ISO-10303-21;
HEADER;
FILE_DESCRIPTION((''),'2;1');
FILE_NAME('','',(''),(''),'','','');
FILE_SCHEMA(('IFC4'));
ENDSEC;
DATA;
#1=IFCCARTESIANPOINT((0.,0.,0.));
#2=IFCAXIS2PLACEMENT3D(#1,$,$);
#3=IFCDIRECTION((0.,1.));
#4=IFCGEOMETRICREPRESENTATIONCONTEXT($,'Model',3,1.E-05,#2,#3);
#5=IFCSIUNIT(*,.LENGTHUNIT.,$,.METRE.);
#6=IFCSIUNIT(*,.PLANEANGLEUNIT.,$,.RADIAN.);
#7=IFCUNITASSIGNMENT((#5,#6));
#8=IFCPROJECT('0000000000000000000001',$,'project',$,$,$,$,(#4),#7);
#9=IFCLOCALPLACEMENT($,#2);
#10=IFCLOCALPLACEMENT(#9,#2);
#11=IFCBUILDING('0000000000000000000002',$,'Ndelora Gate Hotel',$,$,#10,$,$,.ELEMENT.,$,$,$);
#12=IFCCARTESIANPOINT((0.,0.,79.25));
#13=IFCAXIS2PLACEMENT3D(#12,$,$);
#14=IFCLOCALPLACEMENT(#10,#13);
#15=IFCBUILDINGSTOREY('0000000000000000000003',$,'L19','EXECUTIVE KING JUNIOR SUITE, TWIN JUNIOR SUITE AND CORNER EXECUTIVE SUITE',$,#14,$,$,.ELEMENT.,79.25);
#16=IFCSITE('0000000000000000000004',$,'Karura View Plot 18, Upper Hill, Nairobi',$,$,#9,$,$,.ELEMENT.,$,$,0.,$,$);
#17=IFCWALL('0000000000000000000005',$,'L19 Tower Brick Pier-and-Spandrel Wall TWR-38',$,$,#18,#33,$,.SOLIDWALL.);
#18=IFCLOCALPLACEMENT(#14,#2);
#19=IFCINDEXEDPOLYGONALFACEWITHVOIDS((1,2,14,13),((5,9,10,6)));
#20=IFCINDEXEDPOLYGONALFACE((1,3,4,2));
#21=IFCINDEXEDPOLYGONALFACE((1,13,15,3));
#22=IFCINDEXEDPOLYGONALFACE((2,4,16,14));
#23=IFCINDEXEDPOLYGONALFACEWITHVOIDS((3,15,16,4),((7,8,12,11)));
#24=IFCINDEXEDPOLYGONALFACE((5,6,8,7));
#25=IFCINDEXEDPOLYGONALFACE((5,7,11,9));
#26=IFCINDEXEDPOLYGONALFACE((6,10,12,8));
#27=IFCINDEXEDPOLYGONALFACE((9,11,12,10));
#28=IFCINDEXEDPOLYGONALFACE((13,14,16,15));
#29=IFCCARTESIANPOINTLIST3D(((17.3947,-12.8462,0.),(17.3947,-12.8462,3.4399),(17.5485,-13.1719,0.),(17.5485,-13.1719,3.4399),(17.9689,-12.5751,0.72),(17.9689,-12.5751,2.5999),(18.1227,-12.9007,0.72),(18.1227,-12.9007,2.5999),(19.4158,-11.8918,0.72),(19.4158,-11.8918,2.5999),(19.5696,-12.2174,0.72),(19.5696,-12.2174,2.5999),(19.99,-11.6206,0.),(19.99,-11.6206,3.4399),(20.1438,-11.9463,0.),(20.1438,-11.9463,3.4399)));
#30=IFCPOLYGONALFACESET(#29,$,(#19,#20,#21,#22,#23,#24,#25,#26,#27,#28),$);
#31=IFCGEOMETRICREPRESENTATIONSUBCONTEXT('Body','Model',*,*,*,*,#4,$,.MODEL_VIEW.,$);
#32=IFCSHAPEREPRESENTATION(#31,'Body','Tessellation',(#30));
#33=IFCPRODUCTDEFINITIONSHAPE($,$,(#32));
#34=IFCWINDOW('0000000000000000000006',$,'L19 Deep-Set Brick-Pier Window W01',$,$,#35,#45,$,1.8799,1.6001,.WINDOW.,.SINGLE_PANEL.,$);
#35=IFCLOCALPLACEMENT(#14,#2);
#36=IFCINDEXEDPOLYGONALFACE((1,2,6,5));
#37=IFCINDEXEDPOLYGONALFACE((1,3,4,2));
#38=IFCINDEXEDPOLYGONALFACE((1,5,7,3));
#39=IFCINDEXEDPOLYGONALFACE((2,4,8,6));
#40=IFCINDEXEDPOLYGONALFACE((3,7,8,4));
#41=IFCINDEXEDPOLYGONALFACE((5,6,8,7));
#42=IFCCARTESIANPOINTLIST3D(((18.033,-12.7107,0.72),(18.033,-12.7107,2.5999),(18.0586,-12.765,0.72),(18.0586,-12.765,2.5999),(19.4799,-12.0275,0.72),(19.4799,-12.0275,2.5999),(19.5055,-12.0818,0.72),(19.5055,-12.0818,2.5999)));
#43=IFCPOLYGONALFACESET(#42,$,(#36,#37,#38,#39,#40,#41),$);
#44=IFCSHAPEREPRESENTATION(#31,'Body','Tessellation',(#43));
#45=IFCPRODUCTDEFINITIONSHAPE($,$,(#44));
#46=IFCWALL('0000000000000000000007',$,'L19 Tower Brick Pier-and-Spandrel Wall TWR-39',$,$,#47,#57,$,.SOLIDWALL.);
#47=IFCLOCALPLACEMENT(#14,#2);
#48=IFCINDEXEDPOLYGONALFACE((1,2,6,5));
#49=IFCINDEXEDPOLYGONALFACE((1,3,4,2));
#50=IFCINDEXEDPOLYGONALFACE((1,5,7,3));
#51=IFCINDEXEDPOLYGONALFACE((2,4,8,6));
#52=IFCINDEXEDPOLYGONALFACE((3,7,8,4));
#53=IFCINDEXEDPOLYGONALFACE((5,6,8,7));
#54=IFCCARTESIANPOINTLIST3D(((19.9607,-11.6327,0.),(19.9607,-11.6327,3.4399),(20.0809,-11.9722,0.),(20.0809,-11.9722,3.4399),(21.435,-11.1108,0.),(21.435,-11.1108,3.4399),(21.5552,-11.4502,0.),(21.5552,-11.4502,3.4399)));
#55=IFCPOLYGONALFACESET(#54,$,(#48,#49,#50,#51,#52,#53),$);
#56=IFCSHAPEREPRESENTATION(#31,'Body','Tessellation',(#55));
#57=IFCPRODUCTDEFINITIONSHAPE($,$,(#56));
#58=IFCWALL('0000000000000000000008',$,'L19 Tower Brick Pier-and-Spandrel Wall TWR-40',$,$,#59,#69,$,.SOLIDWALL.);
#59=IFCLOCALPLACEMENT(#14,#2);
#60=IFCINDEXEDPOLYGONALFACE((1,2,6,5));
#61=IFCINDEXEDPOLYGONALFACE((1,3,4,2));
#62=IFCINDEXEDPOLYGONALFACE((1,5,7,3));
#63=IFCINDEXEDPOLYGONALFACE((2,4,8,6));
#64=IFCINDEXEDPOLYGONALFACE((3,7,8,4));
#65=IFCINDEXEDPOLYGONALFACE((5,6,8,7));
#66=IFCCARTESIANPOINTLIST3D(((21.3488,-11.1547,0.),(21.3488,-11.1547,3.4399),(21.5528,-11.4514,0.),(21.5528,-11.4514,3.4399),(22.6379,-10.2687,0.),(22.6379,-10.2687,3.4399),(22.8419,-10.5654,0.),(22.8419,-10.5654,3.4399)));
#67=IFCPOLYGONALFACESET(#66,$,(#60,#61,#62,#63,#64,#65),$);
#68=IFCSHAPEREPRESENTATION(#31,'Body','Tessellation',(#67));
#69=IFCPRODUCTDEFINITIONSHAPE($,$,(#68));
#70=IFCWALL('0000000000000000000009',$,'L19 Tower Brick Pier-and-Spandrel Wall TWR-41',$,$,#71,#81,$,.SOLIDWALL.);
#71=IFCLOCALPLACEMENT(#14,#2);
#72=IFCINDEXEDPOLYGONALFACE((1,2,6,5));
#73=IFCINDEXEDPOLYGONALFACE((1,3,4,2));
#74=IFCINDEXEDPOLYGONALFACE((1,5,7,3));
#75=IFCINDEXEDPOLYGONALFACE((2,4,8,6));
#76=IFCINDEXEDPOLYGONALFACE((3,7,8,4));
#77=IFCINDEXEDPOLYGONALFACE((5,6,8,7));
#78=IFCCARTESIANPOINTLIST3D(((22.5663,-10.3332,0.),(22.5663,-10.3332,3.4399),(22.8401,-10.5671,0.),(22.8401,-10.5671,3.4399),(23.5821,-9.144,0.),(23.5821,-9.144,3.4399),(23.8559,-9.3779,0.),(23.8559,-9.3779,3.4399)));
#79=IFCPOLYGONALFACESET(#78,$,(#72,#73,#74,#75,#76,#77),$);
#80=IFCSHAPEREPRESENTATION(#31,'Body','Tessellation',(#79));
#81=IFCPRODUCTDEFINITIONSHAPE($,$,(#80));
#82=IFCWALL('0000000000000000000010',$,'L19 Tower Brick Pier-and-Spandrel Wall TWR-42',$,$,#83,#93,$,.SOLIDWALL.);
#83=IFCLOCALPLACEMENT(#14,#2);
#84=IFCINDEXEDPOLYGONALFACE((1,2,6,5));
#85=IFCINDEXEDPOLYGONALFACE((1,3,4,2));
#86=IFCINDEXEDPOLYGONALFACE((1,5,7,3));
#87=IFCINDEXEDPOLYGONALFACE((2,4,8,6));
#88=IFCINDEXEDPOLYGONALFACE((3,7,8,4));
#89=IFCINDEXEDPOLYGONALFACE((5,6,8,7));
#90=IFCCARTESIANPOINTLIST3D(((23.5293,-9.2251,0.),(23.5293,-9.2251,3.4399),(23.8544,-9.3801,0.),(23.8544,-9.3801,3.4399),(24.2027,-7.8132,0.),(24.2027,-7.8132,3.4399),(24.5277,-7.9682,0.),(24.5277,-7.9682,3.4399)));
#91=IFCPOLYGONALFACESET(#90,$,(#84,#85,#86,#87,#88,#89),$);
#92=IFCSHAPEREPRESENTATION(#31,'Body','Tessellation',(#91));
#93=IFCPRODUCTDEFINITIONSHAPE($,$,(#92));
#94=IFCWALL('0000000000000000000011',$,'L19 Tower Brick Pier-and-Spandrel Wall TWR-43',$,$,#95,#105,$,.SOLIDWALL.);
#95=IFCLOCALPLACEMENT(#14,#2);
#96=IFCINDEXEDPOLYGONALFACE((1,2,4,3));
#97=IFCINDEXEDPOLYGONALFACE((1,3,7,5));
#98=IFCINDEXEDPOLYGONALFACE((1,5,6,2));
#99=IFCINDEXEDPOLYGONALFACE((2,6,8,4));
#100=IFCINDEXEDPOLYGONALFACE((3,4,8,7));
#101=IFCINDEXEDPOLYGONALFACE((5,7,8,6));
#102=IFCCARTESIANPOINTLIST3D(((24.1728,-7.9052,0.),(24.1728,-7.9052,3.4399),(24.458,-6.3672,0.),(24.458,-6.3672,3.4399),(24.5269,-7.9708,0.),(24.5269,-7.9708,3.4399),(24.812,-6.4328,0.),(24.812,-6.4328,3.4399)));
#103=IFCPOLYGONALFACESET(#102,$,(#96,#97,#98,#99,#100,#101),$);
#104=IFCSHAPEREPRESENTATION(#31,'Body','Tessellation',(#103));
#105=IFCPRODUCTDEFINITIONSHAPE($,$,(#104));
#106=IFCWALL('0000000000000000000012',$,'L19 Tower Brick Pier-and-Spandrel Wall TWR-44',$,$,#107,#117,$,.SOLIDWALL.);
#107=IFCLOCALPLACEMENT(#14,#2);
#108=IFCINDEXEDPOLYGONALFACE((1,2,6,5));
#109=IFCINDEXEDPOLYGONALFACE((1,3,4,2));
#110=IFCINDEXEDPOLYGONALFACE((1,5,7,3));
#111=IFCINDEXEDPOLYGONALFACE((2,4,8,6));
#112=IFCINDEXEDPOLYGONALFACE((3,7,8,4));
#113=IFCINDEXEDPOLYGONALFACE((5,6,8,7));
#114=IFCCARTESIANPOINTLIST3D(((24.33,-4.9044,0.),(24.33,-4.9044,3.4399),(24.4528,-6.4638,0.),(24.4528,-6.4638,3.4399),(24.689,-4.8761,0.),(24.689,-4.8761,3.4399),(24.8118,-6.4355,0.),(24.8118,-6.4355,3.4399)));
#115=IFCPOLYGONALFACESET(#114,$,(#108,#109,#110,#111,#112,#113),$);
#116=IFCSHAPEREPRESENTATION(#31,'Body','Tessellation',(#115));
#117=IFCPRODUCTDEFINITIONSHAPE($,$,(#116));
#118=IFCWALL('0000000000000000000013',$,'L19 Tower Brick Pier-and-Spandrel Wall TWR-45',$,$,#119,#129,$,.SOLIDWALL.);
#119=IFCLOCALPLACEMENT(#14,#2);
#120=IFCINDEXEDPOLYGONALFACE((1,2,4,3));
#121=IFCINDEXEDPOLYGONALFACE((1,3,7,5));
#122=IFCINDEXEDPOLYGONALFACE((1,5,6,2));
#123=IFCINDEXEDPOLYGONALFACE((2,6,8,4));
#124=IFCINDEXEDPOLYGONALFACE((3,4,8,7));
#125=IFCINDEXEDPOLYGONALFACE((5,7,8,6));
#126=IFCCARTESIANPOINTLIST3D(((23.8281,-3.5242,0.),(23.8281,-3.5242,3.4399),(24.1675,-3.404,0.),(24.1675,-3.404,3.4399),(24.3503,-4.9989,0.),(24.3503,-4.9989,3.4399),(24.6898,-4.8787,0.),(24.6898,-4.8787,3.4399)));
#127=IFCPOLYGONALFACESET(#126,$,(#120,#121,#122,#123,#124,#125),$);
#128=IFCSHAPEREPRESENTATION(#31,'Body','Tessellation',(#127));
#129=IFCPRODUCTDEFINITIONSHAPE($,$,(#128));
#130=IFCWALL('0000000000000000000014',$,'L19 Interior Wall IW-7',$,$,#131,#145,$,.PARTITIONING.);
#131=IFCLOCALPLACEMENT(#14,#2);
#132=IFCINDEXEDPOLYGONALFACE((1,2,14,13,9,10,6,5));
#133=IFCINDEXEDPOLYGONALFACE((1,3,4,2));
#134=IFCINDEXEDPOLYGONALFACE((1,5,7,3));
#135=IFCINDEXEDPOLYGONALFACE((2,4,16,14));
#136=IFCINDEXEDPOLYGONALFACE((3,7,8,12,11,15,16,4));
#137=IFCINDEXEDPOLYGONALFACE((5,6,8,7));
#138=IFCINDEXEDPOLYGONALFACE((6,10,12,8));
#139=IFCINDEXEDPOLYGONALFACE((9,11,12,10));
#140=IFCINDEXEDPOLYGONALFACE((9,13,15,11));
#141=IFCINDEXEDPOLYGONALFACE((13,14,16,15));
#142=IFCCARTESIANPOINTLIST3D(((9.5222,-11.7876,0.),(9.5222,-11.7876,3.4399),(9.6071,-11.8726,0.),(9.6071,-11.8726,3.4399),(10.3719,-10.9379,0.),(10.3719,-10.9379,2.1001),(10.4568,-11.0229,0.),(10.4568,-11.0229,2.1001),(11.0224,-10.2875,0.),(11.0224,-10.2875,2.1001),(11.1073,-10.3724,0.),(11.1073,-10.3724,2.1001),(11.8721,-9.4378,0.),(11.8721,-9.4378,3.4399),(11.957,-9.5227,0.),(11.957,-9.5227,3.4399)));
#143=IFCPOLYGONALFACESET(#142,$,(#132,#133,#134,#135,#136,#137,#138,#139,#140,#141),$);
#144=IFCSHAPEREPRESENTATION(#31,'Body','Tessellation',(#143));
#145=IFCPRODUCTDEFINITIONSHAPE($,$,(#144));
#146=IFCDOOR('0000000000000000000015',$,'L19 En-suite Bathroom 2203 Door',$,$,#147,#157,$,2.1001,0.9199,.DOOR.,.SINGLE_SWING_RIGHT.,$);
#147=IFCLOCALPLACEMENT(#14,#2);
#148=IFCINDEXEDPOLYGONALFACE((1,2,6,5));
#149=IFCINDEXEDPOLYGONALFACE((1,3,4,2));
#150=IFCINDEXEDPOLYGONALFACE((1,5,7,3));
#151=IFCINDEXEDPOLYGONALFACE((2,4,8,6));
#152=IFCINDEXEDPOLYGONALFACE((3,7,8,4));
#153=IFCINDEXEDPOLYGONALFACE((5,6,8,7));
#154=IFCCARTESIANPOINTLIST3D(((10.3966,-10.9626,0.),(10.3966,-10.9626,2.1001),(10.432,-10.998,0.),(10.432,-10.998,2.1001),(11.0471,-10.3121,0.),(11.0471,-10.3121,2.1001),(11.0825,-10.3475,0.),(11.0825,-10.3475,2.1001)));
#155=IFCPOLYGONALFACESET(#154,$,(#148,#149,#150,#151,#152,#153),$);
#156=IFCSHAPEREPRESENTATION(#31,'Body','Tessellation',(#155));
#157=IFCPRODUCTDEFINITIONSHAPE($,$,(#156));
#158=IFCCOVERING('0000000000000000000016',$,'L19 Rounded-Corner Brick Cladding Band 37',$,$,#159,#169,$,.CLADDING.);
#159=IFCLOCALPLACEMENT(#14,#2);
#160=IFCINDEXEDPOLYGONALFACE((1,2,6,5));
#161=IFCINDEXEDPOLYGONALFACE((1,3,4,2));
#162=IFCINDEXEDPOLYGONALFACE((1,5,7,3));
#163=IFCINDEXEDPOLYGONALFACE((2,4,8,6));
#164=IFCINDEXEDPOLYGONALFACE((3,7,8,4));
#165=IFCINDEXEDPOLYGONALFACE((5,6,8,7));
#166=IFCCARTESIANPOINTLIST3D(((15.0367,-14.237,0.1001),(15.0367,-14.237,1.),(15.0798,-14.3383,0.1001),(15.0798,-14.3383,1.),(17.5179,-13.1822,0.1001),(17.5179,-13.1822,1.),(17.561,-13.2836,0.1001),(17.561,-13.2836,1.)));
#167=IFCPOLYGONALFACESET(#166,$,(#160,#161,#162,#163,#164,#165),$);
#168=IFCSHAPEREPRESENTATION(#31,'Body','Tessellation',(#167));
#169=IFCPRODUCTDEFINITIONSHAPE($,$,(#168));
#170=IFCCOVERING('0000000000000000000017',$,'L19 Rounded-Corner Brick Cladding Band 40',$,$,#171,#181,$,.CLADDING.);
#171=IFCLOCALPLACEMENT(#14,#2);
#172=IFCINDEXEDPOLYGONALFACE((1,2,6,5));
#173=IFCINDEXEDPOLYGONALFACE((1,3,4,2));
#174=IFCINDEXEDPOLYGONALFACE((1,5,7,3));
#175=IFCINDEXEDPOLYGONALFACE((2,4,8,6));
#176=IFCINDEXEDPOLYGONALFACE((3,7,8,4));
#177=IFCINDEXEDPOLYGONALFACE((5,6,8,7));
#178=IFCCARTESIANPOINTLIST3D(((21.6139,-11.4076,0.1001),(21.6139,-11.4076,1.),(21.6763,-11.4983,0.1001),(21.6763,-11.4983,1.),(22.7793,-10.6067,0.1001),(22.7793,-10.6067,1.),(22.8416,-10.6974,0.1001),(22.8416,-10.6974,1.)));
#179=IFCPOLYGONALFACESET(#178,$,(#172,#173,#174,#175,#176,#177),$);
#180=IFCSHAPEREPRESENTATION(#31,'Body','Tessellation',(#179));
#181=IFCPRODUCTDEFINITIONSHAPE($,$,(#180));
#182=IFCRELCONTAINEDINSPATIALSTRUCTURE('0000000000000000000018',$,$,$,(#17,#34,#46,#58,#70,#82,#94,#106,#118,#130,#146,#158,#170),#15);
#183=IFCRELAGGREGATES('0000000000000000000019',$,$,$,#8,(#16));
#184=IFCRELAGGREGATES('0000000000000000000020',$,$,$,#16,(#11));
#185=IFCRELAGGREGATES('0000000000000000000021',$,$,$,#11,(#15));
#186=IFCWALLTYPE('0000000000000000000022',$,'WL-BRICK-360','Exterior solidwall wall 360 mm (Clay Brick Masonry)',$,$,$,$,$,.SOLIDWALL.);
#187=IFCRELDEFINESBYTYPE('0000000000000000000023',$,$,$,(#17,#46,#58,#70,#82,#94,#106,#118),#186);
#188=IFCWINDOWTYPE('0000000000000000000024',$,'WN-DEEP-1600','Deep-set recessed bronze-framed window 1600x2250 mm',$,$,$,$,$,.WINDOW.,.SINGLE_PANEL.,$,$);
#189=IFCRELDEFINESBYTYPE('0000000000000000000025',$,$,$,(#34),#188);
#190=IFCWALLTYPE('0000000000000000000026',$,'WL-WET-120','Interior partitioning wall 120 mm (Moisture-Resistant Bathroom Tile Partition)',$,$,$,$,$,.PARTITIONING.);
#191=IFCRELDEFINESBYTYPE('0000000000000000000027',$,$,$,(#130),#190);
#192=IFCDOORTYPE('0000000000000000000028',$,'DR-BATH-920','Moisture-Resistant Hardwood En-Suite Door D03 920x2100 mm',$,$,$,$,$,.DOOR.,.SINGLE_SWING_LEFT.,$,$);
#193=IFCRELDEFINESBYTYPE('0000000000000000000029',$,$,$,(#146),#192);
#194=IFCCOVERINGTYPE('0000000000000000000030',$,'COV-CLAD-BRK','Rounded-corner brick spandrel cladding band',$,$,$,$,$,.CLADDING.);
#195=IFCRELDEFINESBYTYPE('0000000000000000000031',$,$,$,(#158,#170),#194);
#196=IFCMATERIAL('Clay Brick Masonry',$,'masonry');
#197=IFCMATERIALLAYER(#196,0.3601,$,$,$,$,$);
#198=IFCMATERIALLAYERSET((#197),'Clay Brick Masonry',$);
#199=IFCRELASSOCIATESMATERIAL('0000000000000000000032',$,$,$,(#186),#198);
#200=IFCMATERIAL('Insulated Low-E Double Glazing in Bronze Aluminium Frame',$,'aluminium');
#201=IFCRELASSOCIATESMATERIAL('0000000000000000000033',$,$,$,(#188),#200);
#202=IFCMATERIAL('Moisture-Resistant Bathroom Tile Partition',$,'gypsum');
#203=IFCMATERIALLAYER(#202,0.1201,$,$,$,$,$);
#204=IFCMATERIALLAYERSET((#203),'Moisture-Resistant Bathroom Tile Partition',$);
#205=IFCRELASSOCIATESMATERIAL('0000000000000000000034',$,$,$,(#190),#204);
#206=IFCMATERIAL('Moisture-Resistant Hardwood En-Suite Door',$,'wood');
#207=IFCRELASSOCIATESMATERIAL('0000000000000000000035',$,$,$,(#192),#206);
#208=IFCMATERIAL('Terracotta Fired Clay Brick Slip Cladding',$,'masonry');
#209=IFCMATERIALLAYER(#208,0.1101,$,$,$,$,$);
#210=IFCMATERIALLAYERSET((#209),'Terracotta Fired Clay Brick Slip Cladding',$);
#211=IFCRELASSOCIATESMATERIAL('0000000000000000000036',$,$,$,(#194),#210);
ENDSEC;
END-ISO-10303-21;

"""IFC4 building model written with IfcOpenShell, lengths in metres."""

from ifc_helpers import new_model, si_unit, direction, frame, frame_2d, origin, origin_2d, place, context, subcontext, project, spatial, rectangle, extrude, material, layer, layer_set, type_object, element, fill, save


model = new_model("IFC4")

# Units and contexts
model_context = context("Model", 3, precision=1e-05, world=origin(), true_north=direction((0.0, 1.0)))
body_context = subcontext(model_context, "Body", "Model", "MODEL_VIEW")
ifc_project = project(units=[si_unit("LENGTHUNIT", "METRE"), si_unit("PLANEANGLEUNIT", "RADIAN")], contexts=[model_context])

# Site, building, storey
site_placement = place(None, origin())
site = spatial("IfcSite", under=ifc_project, at=site_placement, Name="Karura View Plot 18, Upper Hill, Nairobi", CompositionType="ELEMENT", RefElevation=0.0)
building_placement = place(site_placement, origin())
building = spatial("IfcBuilding", under=site, at=building_placement, Name="Ndelora Gate Hotel", CompositionType="ELEMENT")
storey_placement = place(building_placement, frame((0.0, 0.0, 79.25)))
storey = spatial("IfcBuildingStorey", under=building, at=storey_placement, Name="L19", Description="EXECUTIVE KING JUNIOR SUITE, TWIN JUNIOR SUITE AND CORNER EXECUTIVE SUITE", CompositionType="ELEMENT", Elevation=79.25)

# Wall, opening, window
ifc_material_1 = material(Name="Clay Brick Masonry", Category="masonry")
ifc_layer_1 = layer(ifc_material_1, 0.3601)
ifc_layer_set_1 = layer_set([ifc_layer_1], Name="Clay Brick Masonry")
wall_type_1 = type_object("IfcWallType", Name="WL-BRICK-360", Description="Exterior solidwall wall 360 mm (Clay Brick Masonry)", PredefinedType="SOLIDWALL", material=ifc_layer_set_1)
ifc_material_2 = material(Name="Insulated Low-E Double Glazing in Bronze Aluminium Frame", Category="aluminium")
window_type_1 = type_object("IfcWindowType", Name="WN-DEEP-1600", Description="Deep-set recessed bronze-framed window 1600x2250 mm", PartitioningType="SINGLE_PANEL", PredefinedType="WINDOW", material=ifc_material_2)
wall_1_placement = place(storey_placement, frame((20.0669, -11.7834, 0.0), z_axis=(0.0, 0.0, 1.0), x_axis=(-0.90424, -0.427026, 0.0)))
wall_1 = element("IfcWall", 1, at=wall_1_placement, inside=storey, type_object=wall_type_1, Name="L19 Tower Brick Pier-and-Spandrel Wall TWR-38", PredefinedType="SOLIDWALL", context=body_context, shape_type="SweptSolid", body=[
    extrude(rectangle(XDim=2.8701, YDim=0.3601, at=frame_2d((1.4351, 0.0))), origin(), (0.0, 0.0, 1.0), 3.4399),
])
opening_1_placement = place(wall_1_placement, frame((0.635, 0.0, 0.72)))
opening_1 = element("IfcOpeningElement", 2, at=opening_1_placement, cuts=wall_1, PredefinedType="OPENING", context=body_context, shape_type="SweptSolid", body=[
    extrude(rectangle(XDim=1.6001, YDim=1.8799, at=frame_2d((0.8, 0.9399))), frame((0.0, 0.1899, 0.0), z_axis=(0.0, -1.0, 0.0), x_axis=(1.0, 0.0, 0.0)), (0.0, 0.0, 1.0), 0.3801),
])
window_1_placement = place(opening_1_placement, origin())
window_1 = element("IfcWindow", 3, at=window_1_placement, inside=storey, type_object=window_type_1, Name="L19 Deep-Set Brick-Pier Window W01", OverallHeight=1.8799, OverallWidth=1.6001, PartitioningType="SINGLE_PANEL", PredefinedType="WINDOW", context=body_context, shape_type="SweptSolid", body=[
    extrude(rectangle(XDim=1.6001, YDim=1.8799, at=frame_2d((0.8, 0.9399))), frame((0.0, 0.03, 0.0), z_axis=(0.0, -1.0, 0.0), x_axis=(1.0, 0.0, 0.0)), (0.0, 0.0, 1.0), 0.0601),
])
fill(opening_1, window_1)

# Walls
wall_2_placement = place(storey_placement, frame((21.4951, -11.2805, 0.0), z_axis=(0.0, 0.0, 1.0), x_axis=(-0.942667, -0.333734, 0.0)))
element("IfcWall", 4, at=wall_2_placement, inside=storey, type_object=wall_type_1, Name="L19 Tower Brick Pier-and-Spandrel Wall TWR-39", PredefinedType="SOLIDWALL", context=body_context, shape_type="SweptSolid", body=[
    extrude(rectangle(XDim=1.564, YDim=0.3601, at=frame_2d((0.782, 0.0))), origin(), (0.0, 0.0, 1.0), 3.4399),
])
wall_3_placement = place(storey_placement, frame((22.74, -10.417, 0.0), z_axis=(0.0, 0.0, 1.0), x_axis=(-0.824115, -0.566423, 0.0)))
element("IfcWall", 5, at=wall_3_placement, inside=storey, type_object=wall_type_1, Name="L19 Tower Brick Pier-and-Spandrel Wall TWR-40", PredefinedType="SOLIDWALL", context=body_context, shape_type="SweptSolid", body=[
    extrude(rectangle(XDim=1.5642, YDim=0.3601, at=frame_2d((0.7822, 0.0))), origin(), (0.0, 0.0, 1.0), 3.4399),
])
wall_4_placement = place(storey_placement, frame((23.719, -9.261, 0.0), z_axis=(0.0, 0.0, 1.0), x_axis=(-0.649518, -0.760346, 0.0)))
element("IfcWall", 6, at=wall_4_placement, inside=storey, type_object=wall_type_1, Name="L19 Tower Brick Pier-and-Spandrel Wall TWR-41", PredefinedType="SOLIDWALL", context=body_context, shape_type="SweptSolid", body=[
    extrude(rectangle(XDim=1.564, YDim=0.3601, at=frame_2d((0.782, 0.0))), origin(), (0.0, 0.0, 1.0), 3.4399),
])
for number, where, z_axis, x_axis, name in (
    (7, (24.3652, -7.8906, 0.0), (0.0, 0.0, 1.0), (-0.430467, -0.902606, 0.0), "L19 Tower Brick Pier-and-Spandrel Wall TWR-42"),
    (8, (24.635, -6.3999, 0.0), (0.0, 0.0, 1.0), (-0.18229, -0.983245, 0.0), "L19 Tower Brick Pier-and-Spandrel Wall TWR-43"),
    (9, (24.5095, -4.8901, 0.0), (0.0, 0.0, 1.0), (0.078511, -0.996913, 0.0), "L19 Tower Brick Pier-and-Spandrel Wall TWR-44"),
):
    element("IfcWall", number, at=place(storey_placement, frame(where, z_axis=z_axis, x_axis=x_axis)), inside=storey, type_object=wall_type_1, Name=name, PredefinedType="SOLIDWALL", context=body_context, shape_type="SweptSolid", body=[
        extrude(rectangle(XDim=1.5642, YDim=0.3601, at=frame_2d((0.7822, 0.0))), origin(), (0.0, 0.0, 1.0), 3.4399),
    ])
wall_5_placement = place(storey_placement, frame((23.9978, -3.4641, 0.0), z_axis=(0.0, 0.0, 1.0), x_axis=(0.333824, -0.942635, 0.0)))
element("IfcWall", 10, at=wall_5_placement, inside=storey, type_object=wall_type_1, Name="L19 Tower Brick Pier-and-Spandrel Wall TWR-45", PredefinedType="SOLIDWALL", context=body_context, shape_type="SweptSolid", body=[
    extrude(rectangle(XDim=1.5645, YDim=0.3601, at=frame_2d((0.7822, 0.0))), origin(), (0.0, 0.0, 1.0), 3.4399),
])

# Wall, opening, door
ifc_material_3 = material(Name="Moisture-Resistant Bathroom Tile Partition", Category="gypsum")
ifc_layer_2 = layer(ifc_material_3, 0.1201)
ifc_layer_set_2 = layer_set([ifc_layer_2], Name="Moisture-Resistant Bathroom Tile Partition")
wall_type_2 = type_object("IfcWallType", Name="WL-WET-120", Description="Interior partitioning wall 120 mm (Moisture-Resistant Bathroom Tile Partition)", PredefinedType="PARTITIONING", material=ifc_layer_set_2)
wall_6_placement = place(storey_placement, frame((11.9146, -9.4802, 0.0), z_axis=(0.0, 0.0, 1.0), x_axis=(-0.707107, -0.707107, 0.0)))
wall_6 = element("IfcWall", 11, at=wall_6_placement, inside=storey, type_object=wall_type_2, Name="L19 Interior Wall IW-7", PredefinedType="PARTITIONING", context=body_context, shape_type="SweptSolid", body=[
    extrude(rectangle(XDim=3.3232, YDim=0.1201, at=frame_2d((1.6616, 0.0))), origin(), (0.0, 0.0, 1.0), 3.4399),
])
opening_2_placement = place(wall_6_placement, frame((1.2017, 0.0, 0.0)))
opening_2 = element("IfcOpeningElement", 12, at=opening_2_placement, cuts=wall_6, PredefinedType="OPENING", context=body_context, shape_type="SweptSolid", body=[
    extrude(rectangle(XDim=0.9199, YDim=2.1001, at=frame_2d((0.46, 1.05))), frame((0.0, 0.0701, 0.0), z_axis=(0.0, -1.0, 0.0), x_axis=(1.0, 0.0, 0.0)), (0.0, 0.0, 1.0), 0.1401),
])
ifc_material_4 = material(Name="Moisture-Resistant Hardwood En-Suite Door", Category="wood")
door_type = type_object("IfcDoorType", Name="DR-BATH-920", Description="Moisture-Resistant Hardwood En-Suite Door D03 920x2100 mm", OperationType="SINGLE_SWING_LEFT", PredefinedType="DOOR", material=ifc_material_4)
door_placement = place(opening_2_placement, origin())
door = element("IfcDoor", 13, at=door_placement, inside=storey, type_object=door_type, Name="L19 En-suite Bathroom 2203 Door", OperationType="SINGLE_SWING_RIGHT", OverallHeight=2.1001, OverallWidth=0.9199, PredefinedType="DOOR", context=body_context, shape_type="SweptSolid", body=[
    extrude(rectangle(XDim=0.9199, YDim=2.1001, at=frame_2d((0.46, 1.05))), frame((0.0, 0.0249, 0.0), z_axis=(0.0, -1.0, 0.0), x_axis=(1.0, 0.0, 0.0)), (0.0, 0.0, 1.0), 0.05),
])
fill(opening_2, door)

# Coverings
ifc_material_5 = material(Name="Terracotta Fired Clay Brick Slip Cladding", Category="masonry")
ifc_layer_3 = layer(ifc_material_5, 0.1101)
ifc_layer_set_3 = layer_set([ifc_layer_3], Name="Terracotta Fired Clay Brick Slip Cladding")
covering_type_1 = type_object("IfcCoveringType", Name="COV-CLAD-BRK", Description="Rounded-corner brick spandrel cladding band", PredefinedType="CLADDING", material=ifc_layer_set_3)
covering_1_placement = place(storey_placement, frame((16.2988, -13.7603, 0.1001), z_axis=(0.0, 0.0, 1.0), x_axis=(0.9203, 0.391213, 0.0)))
element("IfcCovering", 14, at=covering_1_placement, inside=storey, type_object=covering_type_1, Name="L19 Rounded-Corner Brick Cladding Band 37", PredefinedType="CLADDING", context=body_context, shape_type="SweptSolid", body=[
    extrude(rectangle(XDim=2.696, YDim=0.1101, at=origin_2d()), origin(), (0.0, 0.0, 1.0), 0.8999),
])
for number, where, z_axis, x_axis, name in (
    (15, (22.2278, -11.0525, 0.1001), (0.0, 0.0, 1.0), (0.824126, 0.566406, 0.0), "L19 Rounded-Corner Brick Cladding Band 40"),
):
    element("IfcCovering", number, at=place(storey_placement, frame(where, z_axis=z_axis, x_axis=x_axis)), inside=storey, type_object=covering_type_1, Name=name, PredefinedType="CLADDING", context=body_context, shape_type="SweptSolid", body=[
        extrude(rectangle(XDim=1.4141, YDim=0.1101, at=origin_2d()), origin(), (0.0, 0.0, 1.0), 0.8999),
    ])

save(model, "model.ifc")
